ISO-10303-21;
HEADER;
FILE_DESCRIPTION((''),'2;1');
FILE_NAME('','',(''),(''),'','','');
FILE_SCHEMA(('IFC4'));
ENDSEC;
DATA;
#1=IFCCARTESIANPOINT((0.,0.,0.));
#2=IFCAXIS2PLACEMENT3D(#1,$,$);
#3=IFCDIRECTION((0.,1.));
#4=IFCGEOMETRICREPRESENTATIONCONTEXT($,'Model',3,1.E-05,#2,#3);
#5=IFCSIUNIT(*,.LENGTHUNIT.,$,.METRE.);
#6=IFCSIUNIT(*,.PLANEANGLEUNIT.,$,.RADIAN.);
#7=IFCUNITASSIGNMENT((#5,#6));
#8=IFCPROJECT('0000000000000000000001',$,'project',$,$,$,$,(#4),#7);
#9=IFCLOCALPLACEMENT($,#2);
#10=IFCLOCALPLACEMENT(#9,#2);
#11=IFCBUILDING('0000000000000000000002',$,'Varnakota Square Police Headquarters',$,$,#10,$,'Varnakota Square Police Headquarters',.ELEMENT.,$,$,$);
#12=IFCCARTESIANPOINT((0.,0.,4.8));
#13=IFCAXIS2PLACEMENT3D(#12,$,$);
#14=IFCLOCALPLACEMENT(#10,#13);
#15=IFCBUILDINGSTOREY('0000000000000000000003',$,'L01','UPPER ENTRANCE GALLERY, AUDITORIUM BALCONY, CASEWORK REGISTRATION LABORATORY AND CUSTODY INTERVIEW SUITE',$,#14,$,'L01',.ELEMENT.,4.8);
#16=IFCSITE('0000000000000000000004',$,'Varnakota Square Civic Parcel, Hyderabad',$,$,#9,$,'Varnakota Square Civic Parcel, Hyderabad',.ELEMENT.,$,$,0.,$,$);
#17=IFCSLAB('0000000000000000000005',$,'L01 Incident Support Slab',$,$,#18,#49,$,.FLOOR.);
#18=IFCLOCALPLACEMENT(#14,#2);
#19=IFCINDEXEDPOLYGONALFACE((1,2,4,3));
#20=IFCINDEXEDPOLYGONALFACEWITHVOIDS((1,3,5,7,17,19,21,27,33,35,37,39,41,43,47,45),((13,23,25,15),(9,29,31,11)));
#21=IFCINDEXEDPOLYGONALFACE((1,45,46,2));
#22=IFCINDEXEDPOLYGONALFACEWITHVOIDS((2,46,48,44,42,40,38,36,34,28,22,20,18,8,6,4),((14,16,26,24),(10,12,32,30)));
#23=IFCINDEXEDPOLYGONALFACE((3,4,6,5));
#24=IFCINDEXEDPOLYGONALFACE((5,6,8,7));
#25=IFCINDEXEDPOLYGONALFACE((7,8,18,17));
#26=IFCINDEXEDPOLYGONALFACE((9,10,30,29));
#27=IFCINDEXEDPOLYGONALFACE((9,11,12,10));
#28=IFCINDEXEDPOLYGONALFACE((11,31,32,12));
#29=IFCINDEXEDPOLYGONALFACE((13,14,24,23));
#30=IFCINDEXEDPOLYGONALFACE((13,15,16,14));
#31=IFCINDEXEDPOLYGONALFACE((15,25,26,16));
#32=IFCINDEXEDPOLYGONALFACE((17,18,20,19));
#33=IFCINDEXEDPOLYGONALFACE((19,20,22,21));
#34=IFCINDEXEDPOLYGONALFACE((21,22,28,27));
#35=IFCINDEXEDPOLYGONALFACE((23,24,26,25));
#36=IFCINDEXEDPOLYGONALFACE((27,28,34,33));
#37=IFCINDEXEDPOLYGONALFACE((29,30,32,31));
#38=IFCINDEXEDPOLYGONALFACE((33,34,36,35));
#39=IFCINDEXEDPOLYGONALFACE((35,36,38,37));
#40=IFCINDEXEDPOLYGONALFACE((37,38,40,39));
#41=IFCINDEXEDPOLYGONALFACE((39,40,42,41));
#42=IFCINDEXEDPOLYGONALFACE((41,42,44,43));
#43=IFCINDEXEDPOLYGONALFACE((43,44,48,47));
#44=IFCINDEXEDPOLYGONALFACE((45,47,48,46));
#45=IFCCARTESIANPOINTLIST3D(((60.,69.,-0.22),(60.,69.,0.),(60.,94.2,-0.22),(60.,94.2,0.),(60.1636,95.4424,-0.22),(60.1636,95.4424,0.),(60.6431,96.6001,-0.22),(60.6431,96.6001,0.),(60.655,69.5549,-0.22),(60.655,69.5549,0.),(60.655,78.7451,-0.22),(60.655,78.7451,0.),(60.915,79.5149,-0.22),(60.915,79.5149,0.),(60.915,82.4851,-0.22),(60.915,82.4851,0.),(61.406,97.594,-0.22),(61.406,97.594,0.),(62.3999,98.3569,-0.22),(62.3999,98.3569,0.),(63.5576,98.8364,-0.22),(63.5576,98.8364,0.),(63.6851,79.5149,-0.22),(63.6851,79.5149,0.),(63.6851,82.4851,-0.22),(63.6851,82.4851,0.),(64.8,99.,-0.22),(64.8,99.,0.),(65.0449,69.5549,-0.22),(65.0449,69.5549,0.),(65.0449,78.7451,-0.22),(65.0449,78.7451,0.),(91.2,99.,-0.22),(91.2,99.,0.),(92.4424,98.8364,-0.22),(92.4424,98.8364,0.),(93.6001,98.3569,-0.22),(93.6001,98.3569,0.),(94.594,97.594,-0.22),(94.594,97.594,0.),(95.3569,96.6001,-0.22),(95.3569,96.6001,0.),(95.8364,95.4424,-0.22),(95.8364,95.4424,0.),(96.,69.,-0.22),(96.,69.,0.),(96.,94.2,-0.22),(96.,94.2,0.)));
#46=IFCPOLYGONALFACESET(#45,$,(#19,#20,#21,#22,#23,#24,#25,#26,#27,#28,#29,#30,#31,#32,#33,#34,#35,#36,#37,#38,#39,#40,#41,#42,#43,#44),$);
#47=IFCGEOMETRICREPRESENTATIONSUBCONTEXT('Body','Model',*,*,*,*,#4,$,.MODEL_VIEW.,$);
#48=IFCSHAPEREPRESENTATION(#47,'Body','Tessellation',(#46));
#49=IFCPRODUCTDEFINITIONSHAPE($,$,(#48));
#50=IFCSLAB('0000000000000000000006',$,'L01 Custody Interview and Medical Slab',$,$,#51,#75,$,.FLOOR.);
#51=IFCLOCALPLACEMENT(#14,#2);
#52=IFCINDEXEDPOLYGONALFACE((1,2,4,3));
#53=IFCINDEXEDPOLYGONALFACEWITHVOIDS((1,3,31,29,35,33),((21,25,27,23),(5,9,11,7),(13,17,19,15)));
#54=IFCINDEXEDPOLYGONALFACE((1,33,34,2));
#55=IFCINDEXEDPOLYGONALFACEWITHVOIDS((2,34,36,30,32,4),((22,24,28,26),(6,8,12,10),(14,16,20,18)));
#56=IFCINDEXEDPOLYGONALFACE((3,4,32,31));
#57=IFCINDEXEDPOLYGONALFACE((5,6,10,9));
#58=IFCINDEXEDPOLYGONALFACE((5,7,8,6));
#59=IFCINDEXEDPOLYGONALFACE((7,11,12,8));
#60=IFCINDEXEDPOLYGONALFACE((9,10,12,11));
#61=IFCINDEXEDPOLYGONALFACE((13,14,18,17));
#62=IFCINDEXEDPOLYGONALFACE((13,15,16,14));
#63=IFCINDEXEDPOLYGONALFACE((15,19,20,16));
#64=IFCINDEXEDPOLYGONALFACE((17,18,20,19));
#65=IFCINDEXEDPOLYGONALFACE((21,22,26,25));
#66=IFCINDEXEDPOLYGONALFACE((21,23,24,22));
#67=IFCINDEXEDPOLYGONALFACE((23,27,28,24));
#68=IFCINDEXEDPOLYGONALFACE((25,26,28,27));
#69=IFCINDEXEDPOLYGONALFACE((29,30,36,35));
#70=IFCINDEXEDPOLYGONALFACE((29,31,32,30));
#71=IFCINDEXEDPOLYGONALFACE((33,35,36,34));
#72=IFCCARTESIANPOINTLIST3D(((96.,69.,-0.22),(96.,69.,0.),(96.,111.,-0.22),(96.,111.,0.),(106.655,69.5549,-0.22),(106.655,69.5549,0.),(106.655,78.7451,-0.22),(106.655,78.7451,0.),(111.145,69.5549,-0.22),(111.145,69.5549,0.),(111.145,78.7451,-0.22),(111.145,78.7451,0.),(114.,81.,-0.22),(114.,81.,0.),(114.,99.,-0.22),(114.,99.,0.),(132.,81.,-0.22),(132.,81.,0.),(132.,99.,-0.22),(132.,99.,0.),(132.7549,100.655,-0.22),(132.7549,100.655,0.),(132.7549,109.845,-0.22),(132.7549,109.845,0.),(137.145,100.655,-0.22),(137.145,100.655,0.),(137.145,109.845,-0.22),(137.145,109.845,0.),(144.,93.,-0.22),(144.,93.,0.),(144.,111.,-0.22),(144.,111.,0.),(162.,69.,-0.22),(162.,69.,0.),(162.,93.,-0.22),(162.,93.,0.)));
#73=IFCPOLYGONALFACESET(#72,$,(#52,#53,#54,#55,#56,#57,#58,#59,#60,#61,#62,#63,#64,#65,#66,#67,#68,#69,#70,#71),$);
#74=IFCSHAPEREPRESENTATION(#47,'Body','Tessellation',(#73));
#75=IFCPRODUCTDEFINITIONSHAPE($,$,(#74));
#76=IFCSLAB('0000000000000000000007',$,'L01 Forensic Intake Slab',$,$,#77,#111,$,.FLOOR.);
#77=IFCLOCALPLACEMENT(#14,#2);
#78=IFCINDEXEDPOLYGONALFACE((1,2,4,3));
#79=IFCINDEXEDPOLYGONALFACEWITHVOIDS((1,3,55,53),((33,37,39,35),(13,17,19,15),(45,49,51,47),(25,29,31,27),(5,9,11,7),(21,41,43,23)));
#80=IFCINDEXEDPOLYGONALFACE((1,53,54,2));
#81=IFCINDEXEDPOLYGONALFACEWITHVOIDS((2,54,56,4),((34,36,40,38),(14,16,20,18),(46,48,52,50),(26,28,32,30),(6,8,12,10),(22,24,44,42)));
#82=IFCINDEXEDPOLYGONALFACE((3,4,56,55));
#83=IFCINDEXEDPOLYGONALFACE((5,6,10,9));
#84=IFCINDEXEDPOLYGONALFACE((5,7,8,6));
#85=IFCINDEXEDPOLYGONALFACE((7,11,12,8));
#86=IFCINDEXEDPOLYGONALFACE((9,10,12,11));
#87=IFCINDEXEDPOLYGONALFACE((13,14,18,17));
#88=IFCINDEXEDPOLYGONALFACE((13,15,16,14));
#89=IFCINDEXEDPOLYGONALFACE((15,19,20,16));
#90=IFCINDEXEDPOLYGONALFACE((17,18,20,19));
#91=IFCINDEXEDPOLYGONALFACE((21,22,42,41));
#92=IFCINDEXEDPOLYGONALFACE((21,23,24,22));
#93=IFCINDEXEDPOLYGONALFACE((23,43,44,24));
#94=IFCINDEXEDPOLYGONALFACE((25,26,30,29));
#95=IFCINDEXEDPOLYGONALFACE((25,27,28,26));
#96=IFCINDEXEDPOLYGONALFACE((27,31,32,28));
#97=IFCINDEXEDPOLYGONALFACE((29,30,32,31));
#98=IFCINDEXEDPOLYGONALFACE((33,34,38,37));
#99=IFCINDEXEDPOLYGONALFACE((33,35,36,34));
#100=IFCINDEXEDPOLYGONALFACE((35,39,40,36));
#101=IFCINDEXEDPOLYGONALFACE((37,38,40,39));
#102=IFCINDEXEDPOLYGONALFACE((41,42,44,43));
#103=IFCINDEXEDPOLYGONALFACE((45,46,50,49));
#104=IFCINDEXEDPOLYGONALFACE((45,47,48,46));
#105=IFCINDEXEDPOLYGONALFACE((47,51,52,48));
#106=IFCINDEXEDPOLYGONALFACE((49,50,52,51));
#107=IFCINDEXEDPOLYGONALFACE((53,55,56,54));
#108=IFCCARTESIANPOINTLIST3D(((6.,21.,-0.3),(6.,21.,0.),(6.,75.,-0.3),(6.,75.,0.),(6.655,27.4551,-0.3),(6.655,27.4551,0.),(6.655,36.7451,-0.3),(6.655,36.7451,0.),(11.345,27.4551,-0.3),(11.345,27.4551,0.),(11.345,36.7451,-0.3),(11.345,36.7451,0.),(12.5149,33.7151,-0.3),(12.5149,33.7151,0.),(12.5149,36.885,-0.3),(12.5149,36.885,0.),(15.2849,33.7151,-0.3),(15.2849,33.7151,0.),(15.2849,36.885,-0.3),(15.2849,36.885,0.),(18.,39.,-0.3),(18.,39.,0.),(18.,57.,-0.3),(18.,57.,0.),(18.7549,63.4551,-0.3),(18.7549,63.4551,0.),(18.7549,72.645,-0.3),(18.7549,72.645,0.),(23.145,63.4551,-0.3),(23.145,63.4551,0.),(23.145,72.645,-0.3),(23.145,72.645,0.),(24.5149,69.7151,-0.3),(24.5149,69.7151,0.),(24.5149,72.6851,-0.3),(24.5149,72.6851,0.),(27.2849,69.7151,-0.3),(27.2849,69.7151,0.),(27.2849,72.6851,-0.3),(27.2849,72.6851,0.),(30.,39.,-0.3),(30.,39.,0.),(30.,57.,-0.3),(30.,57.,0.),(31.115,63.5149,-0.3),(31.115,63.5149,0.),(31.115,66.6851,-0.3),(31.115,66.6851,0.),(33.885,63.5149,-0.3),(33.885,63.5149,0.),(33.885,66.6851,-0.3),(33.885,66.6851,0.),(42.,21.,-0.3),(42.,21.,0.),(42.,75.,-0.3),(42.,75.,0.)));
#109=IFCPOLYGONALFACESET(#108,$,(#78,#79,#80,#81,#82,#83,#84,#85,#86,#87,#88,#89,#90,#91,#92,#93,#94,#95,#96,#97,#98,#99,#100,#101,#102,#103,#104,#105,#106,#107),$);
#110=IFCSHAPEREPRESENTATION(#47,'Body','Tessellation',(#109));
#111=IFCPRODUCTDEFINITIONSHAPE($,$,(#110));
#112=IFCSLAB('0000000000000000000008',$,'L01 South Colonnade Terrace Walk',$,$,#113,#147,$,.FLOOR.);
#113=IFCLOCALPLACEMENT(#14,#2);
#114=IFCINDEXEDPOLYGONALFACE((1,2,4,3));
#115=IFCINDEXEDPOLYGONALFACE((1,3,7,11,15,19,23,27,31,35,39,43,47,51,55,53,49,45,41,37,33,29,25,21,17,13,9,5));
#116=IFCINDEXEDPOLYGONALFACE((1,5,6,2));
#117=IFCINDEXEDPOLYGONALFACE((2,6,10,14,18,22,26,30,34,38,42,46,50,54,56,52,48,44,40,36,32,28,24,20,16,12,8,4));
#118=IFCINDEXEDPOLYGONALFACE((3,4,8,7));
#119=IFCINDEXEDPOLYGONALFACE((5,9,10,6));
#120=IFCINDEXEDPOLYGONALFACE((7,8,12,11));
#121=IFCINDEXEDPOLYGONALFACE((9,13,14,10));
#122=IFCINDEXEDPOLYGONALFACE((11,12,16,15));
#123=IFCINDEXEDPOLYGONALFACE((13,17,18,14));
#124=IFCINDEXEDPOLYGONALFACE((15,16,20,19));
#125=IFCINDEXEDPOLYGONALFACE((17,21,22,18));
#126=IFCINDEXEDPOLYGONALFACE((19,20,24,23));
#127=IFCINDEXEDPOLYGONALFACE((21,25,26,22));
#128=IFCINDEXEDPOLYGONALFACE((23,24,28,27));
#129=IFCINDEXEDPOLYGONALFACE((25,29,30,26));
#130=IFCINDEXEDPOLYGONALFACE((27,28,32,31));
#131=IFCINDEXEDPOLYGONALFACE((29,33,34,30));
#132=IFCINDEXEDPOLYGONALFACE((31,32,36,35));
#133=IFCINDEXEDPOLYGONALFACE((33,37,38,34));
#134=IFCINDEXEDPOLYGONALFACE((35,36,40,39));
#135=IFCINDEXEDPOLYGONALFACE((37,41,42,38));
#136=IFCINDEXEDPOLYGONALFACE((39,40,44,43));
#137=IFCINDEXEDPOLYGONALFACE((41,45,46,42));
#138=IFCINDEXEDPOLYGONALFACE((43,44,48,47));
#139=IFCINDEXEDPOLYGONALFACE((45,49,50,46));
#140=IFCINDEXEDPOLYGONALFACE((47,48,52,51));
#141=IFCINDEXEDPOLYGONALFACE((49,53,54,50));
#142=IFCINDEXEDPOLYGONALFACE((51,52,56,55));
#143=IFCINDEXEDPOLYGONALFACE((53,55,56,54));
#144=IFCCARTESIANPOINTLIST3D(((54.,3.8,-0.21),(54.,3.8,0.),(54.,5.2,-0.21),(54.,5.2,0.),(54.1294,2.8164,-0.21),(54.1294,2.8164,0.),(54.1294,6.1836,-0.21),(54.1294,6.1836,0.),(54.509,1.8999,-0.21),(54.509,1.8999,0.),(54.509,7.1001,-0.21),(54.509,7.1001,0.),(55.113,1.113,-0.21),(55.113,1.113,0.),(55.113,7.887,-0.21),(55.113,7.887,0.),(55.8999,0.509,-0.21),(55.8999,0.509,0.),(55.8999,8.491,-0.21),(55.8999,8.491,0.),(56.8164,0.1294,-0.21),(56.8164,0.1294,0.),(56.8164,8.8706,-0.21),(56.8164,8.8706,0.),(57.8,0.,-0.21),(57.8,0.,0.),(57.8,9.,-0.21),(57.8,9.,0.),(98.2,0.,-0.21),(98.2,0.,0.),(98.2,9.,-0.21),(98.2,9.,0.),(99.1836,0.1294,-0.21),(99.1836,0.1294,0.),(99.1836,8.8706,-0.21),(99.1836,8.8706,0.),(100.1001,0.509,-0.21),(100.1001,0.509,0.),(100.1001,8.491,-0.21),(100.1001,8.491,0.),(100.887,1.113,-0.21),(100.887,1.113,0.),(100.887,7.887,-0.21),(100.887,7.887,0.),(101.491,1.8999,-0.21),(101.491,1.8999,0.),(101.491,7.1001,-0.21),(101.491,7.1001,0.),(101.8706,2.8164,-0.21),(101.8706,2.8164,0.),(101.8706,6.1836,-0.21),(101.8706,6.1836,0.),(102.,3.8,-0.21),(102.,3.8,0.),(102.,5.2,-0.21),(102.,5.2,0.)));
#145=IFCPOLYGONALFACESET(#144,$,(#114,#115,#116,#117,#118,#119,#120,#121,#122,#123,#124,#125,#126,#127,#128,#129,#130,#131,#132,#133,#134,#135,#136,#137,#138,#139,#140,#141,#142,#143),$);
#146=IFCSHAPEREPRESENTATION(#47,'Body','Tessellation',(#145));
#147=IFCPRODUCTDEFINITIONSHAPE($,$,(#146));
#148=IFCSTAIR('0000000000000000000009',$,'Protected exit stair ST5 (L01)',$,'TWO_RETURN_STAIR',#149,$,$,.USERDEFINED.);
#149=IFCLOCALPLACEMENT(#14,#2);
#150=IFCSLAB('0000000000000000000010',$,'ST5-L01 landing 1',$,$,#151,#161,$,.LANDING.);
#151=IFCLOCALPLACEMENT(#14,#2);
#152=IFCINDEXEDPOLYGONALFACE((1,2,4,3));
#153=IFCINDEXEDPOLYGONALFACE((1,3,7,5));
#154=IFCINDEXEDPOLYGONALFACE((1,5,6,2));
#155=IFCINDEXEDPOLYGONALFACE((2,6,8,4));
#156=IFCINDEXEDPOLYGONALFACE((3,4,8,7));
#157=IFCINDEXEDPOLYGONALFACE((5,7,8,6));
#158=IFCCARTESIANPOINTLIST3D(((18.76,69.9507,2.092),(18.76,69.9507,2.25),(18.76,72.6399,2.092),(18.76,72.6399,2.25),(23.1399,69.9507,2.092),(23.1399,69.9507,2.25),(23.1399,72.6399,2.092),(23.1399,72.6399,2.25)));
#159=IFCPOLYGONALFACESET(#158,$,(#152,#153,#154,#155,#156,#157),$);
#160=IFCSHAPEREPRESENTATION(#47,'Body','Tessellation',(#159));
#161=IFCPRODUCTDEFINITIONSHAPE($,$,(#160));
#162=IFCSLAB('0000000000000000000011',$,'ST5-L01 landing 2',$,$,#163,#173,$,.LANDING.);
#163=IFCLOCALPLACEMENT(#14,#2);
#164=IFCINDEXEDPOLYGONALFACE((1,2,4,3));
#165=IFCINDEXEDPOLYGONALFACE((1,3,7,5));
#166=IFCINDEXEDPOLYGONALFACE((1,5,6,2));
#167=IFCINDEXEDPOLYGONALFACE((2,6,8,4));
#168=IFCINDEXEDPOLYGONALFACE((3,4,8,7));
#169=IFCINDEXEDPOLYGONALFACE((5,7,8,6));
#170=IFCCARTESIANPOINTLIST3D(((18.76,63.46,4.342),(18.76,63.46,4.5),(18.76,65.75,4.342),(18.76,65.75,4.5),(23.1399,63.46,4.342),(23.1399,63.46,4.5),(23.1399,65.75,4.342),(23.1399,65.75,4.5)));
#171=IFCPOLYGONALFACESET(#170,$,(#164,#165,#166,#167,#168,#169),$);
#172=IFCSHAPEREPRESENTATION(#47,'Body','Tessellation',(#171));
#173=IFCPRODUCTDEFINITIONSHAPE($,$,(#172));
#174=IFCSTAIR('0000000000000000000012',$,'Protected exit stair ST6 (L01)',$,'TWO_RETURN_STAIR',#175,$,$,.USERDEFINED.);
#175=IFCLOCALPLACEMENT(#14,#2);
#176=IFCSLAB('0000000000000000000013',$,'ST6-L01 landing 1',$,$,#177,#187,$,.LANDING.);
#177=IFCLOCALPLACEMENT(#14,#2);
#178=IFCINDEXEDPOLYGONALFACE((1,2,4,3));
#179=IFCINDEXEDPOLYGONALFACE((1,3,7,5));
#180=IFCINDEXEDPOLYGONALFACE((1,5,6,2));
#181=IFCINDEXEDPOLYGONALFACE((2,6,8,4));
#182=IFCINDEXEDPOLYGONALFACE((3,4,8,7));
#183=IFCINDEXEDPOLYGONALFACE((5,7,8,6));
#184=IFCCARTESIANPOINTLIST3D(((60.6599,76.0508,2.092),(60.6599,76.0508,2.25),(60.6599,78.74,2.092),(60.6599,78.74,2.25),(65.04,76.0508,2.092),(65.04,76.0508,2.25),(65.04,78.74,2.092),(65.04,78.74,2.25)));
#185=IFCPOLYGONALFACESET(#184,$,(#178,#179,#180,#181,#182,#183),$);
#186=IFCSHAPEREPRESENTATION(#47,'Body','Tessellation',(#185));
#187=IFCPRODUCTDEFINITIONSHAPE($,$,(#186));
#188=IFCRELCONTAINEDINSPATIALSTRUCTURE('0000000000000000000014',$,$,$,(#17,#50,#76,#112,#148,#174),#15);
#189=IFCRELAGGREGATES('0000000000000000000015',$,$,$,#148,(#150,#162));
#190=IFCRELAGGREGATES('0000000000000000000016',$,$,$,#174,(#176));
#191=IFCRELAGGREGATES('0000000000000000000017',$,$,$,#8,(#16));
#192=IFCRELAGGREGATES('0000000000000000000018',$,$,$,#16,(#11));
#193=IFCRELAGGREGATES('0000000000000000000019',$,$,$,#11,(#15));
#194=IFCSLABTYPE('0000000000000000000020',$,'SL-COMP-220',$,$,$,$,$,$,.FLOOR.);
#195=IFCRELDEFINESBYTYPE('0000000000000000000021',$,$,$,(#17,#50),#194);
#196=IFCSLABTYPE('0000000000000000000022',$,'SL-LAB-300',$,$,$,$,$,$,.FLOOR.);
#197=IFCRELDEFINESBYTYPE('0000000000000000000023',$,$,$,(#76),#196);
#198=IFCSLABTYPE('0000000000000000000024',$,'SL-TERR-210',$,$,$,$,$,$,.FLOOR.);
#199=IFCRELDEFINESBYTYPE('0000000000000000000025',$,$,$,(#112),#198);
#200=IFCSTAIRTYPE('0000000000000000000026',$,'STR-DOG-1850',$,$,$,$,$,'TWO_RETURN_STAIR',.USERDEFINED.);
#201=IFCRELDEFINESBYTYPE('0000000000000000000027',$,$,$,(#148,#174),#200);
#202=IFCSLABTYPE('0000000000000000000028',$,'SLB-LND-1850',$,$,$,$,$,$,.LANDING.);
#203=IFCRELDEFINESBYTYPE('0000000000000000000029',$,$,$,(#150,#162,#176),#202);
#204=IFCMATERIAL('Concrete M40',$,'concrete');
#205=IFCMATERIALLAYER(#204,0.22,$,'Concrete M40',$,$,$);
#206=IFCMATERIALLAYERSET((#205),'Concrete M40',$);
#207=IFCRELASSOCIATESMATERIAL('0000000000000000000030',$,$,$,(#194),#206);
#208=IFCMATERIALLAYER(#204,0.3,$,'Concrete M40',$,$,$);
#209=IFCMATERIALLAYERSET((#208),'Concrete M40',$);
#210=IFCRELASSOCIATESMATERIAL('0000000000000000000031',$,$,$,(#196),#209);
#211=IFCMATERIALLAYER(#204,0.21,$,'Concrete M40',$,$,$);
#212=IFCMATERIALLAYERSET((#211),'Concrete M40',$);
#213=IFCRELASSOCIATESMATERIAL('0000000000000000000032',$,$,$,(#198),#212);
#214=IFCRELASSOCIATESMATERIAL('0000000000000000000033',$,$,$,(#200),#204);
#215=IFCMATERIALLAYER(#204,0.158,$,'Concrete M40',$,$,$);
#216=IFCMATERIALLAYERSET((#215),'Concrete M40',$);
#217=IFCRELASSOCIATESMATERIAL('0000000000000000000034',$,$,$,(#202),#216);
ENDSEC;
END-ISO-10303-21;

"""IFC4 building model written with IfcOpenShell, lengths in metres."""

from ifc_helpers import new_model, si_unit, direction, frame, origin, place, context, subcontext, project, spatial, polyline, outline, extrude, material, layer, layer_set, type_object, element, aggregate, save


model = new_model("IFC4")

# Units and contexts
model_context = context("Model", 3, precision=1e-05, world=origin(), true_north=direction((0.0, 1.0)))
body_context = subcontext(model_context, "Body", "Model", "MODEL_VIEW")
ifc_project = project(units=[si_unit("LENGTHUNIT", "METRE"), si_unit("PLANEANGLEUNIT", "RADIAN")], contexts=[model_context])

# Site, building, storey
site_placement = place(None, origin())
site = spatial("IfcSite", under=ifc_project, at=site_placement, Name="Varnakota Square Civic Parcel, Hyderabad", LongName="Varnakota Square Civic Parcel, Hyderabad", CompositionType="ELEMENT", RefElevation=0.0)
building_placement = place(site_placement, origin())
building = spatial("IfcBuilding", under=site, at=building_placement, Name="Varnakota Square Police Headquarters", LongName="Varnakota Square Police Headquarters", CompositionType="ELEMENT")
storey_placement = place(building_placement, frame((0.0, 0.0, 4.8)))
storey = spatial("IfcBuildingStorey", under=building, at=storey_placement, Name="L01", Description="UPPER ENTRANCE GALLERY, AUDITORIUM BALCONY, CASEWORK REGISTRATION LABORATORY AND CUSTODY INTERVIEW SUITE", LongName="L01", CompositionType="ELEMENT", Elevation=4.8)

# Slabs
ifc_material = material(Name="Concrete M40", Category="concrete")
ifc_layer_1 = layer(ifc_material, 0.22, Name="Concrete M40")
ifc_layer_set_1 = layer_set([ifc_layer_1], Name="Concrete M40")
slab_type_1 = type_object("IfcSlabType", Name="SL-COMP-220", PredefinedType="FLOOR", material=ifc_layer_set_1)
slab_1_placement = place(storey_placement, frame((0.0, 0.0, -0.22)))
element("IfcSlab", 1, at=slab_1_placement, inside=storey, type_object=slab_type_1, Name="L01 Incident Support Slab", PredefinedType="FLOOR", context=body_context, shape_type="SweptSolid", body=[
    extrude(outline(polyline([(60.0, 69.0), (96.0, 69.0), (96.0, 94.2), (95.8364, 95.4424), (95.3569, 96.6001), (94.594, 97.594), (93.6001, 98.3569), (92.4424, 98.8364), (91.2, 99.0), (64.8, 99.0), (63.5576, 98.8364), (62.3999, 98.3569), (61.406, 97.594), (60.6431, 96.6001), (60.1636, 95.4424), (60.0, 94.2), (60.0, 69.0)]), holes=[polyline([(60.655, 69.5549), (65.0449, 69.5549), (65.0449, 78.7451), (60.655, 78.7451), (60.655, 69.5549)]), polyline([(60.915, 79.5149), (63.6851, 79.5149), (63.6851, 82.4851), (60.915, 82.4851), (60.915, 79.5149)])]), origin(), (0.0, 0.0, 1.0), 0.22),
])
slab_2_placement = place(storey_placement, frame((0.0, 0.0, -0.22)))
element("IfcSlab", 2, at=slab_2_placement, inside=storey, type_object=slab_type_1, Name="L01 Custody Interview and Medical Slab", PredefinedType="FLOOR", context=body_context, shape_type="SweptSolid", body=[
    extrude(outline(polyline([(96.0, 69.0), (162.0, 69.0), (162.0, 93.0), (144.0, 93.0), (144.0, 111.0), (96.0, 111.0), (96.0, 69.0)]), holes=[polyline([(114.0, 81.0), (132.0, 81.0), (132.0, 99.0), (114.0, 99.0), (114.0, 81.0)]), polyline([(132.7549, 100.655), (137.145, 100.655), (137.145, 109.845), (132.7549, 109.845), (132.7549, 100.655)]), polyline([(106.655, 69.5549), (111.145, 69.5549), (111.145, 78.7451), (106.655, 78.7451), (106.655, 69.5549)])]), origin(), (0.0, 0.0, 1.0), 0.22),
])
ifc_layer_2 = layer(ifc_material, 0.3, Name="Concrete M40")
ifc_layer_set_2 = layer_set([ifc_layer_2], Name="Concrete M40")
slab_type_2 = type_object("IfcSlabType", Name="SL-LAB-300", PredefinedType="FLOOR", material=ifc_layer_set_2)
slab_3_placement = place(storey_placement, frame((0.0, 0.0, -0.3)))
element("IfcSlab", 3, at=slab_3_placement, inside=storey, type_object=slab_type_2, Name="L01 Forensic Intake Slab", PredefinedType="FLOOR", context=body_context, shape_type="SweptSolid", body=[
    extrude(outline(polyline([(6.0, 21.0), (42.0, 21.0), (42.0, 75.0), (6.0, 75.0), (6.0, 21.0)]), holes=[polyline([(18.0, 39.0), (30.0, 39.0), (30.0, 57.0), (18.0, 57.0), (18.0, 39.0)]), polyline([(6.655, 27.4551), (11.345, 27.4551), (11.345, 36.7451), (6.655, 36.7451), (6.655, 27.4551)]), polyline([(12.5149, 33.7151), (15.2849, 33.7151), (15.2849, 36.885), (12.5149, 36.885), (12.5149, 33.7151)]), polyline([(18.7549, 63.4551), (23.145, 63.4551), (23.145, 72.645), (18.7549, 72.645), (18.7549, 63.4551)]), polyline([(24.5149, 69.7151), (27.2849, 69.7151), (27.2849, 72.6851), (24.5149, 72.6851), (24.5149, 69.7151)]), polyline([(31.115, 63.5149), (33.885, 63.5149), (33.885, 66.6851), (31.115, 66.6851), (31.115, 63.5149)])]), origin(), (0.0, 0.0, 1.0), 0.3),
])
ifc_layer_3 = layer(ifc_material, 0.21, Name="Concrete M40")
ifc_layer_set_3 = layer_set([ifc_layer_3], Name="Concrete M40")
slab_type_3 = type_object("IfcSlabType", Name="SL-TERR-210", PredefinedType="FLOOR", material=ifc_layer_set_3)
slab_4_placement = place(storey_placement, frame((0.0, 0.0, -0.21)))
element("IfcSlab", 4, at=slab_4_placement, inside=storey, type_object=slab_type_3, Name="L01 South Colonnade Terrace Walk", PredefinedType="FLOOR", context=body_context, shape_type="SweptSolid", body=[
    extrude(outline(polyline([(54.0, 3.8), (54.1294, 2.8164), (54.509, 1.8999), (55.113, 1.113), (55.8999, 0.509), (56.8164, 0.1294), (57.8, 0.0), (98.2, 0.0), (99.1836, 0.1294), (100.1001, 0.509), (100.887, 1.113), (101.491, 1.8999), (101.8706, 2.8164), (102.0, 3.8), (102.0, 5.2), (101.8706, 6.1836), (101.491, 7.1001), (100.887, 7.887), (100.1001, 8.491), (99.1836, 8.8706), (98.2, 9.0), (57.8, 9.0), (56.8164, 8.8706), (55.8999, 8.491), (55.113, 7.887), (54.509, 7.1001), (54.1294, 6.1836), (54.0, 5.2), (54.0, 3.8)])), origin(), (0.0, 0.0, 1.0), 0.21),
])

# Stairs, slabs
stair_type_1 = type_object("IfcStairType", Name="STR-DOG-1850", ElementType="TWO_RETURN_STAIR", PredefinedType="USERDEFINED", material=ifc_material)
stair_1_placement = place(storey_placement, origin())
stair_1 = element("IfcStair", 5, at=stair_1_placement, inside=storey, type_object=stair_type_1, Name="Protected exit stair ST5 (L01)", ObjectType="TWO_RETURN_STAIR", PredefinedType="USERDEFINED")
ifc_layer_4 = layer(ifc_material, 0.158, Name="Concrete M40")
ifc_layer_set_4 = layer_set([ifc_layer_4], Name="Concrete M40")
slab_type_4 = type_object("IfcSlabType", Name="SLB-LND-1850", PredefinedType="LANDING", material=ifc_layer_set_4)
slab_5_placement = place(storey_placement, frame((0.0, 0.0, 2.092)))
slab_5 = element("IfcSlab", 6, at=slab_5_placement, type_object=slab_type_4, Name="ST5-L01 landing 1", PredefinedType="LANDING", context=body_context, shape_type="SweptSolid", body=[
    extrude(outline(polyline([(18.76, 69.9507), (23.1399, 69.9507), (23.1399, 72.6399), (18.76, 72.6399), (18.76, 69.9507)])), origin(), (0.0, 0.0, 1.0), 0.158),
])
slab_6_placement = place(storey_placement, frame((0.0, 0.0, 4.342)))
slab_6 = element("IfcSlab", 7, at=slab_6_placement, type_object=slab_type_4, Name="ST5-L01 landing 2", PredefinedType="LANDING", context=body_context, shape_type="SweptSolid", body=[
    extrude(outline(polyline([(18.76, 63.46), (23.1399, 63.46), (23.1399, 65.75), (18.76, 65.75), (18.76, 63.46)])), origin(), (0.0, 0.0, 1.0), 0.158),
])
aggregate(stair_1, [slab_5, slab_6])
stair_2_placement = place(storey_placement, origin())
stair_2 = element("IfcStair", 8, at=stair_2_placement, inside=storey, type_object=stair_type_1, Name="Protected exit stair ST6 (L01)", ObjectType="TWO_RETURN_STAIR", PredefinedType="USERDEFINED")
slab_7_placement = place(storey_placement, frame((0.0, 0.0, 2.092)))
slab_7 = element("IfcSlab", 9, at=slab_7_placement, type_object=slab_type_4, Name="ST6-L01 landing 1", PredefinedType="LANDING", context=body_context, shape_type="SweptSolid", body=[
    extrude(outline(polyline([(60.6599, 76.0508), (65.04, 76.0508), (65.04, 78.74), (60.6599, 78.74), (60.6599, 76.0508)])), origin(), (0.0, 0.0, 1.0), 0.158),
])
aggregate(stair_2, [slab_7])

save(model, "model.ifc")
